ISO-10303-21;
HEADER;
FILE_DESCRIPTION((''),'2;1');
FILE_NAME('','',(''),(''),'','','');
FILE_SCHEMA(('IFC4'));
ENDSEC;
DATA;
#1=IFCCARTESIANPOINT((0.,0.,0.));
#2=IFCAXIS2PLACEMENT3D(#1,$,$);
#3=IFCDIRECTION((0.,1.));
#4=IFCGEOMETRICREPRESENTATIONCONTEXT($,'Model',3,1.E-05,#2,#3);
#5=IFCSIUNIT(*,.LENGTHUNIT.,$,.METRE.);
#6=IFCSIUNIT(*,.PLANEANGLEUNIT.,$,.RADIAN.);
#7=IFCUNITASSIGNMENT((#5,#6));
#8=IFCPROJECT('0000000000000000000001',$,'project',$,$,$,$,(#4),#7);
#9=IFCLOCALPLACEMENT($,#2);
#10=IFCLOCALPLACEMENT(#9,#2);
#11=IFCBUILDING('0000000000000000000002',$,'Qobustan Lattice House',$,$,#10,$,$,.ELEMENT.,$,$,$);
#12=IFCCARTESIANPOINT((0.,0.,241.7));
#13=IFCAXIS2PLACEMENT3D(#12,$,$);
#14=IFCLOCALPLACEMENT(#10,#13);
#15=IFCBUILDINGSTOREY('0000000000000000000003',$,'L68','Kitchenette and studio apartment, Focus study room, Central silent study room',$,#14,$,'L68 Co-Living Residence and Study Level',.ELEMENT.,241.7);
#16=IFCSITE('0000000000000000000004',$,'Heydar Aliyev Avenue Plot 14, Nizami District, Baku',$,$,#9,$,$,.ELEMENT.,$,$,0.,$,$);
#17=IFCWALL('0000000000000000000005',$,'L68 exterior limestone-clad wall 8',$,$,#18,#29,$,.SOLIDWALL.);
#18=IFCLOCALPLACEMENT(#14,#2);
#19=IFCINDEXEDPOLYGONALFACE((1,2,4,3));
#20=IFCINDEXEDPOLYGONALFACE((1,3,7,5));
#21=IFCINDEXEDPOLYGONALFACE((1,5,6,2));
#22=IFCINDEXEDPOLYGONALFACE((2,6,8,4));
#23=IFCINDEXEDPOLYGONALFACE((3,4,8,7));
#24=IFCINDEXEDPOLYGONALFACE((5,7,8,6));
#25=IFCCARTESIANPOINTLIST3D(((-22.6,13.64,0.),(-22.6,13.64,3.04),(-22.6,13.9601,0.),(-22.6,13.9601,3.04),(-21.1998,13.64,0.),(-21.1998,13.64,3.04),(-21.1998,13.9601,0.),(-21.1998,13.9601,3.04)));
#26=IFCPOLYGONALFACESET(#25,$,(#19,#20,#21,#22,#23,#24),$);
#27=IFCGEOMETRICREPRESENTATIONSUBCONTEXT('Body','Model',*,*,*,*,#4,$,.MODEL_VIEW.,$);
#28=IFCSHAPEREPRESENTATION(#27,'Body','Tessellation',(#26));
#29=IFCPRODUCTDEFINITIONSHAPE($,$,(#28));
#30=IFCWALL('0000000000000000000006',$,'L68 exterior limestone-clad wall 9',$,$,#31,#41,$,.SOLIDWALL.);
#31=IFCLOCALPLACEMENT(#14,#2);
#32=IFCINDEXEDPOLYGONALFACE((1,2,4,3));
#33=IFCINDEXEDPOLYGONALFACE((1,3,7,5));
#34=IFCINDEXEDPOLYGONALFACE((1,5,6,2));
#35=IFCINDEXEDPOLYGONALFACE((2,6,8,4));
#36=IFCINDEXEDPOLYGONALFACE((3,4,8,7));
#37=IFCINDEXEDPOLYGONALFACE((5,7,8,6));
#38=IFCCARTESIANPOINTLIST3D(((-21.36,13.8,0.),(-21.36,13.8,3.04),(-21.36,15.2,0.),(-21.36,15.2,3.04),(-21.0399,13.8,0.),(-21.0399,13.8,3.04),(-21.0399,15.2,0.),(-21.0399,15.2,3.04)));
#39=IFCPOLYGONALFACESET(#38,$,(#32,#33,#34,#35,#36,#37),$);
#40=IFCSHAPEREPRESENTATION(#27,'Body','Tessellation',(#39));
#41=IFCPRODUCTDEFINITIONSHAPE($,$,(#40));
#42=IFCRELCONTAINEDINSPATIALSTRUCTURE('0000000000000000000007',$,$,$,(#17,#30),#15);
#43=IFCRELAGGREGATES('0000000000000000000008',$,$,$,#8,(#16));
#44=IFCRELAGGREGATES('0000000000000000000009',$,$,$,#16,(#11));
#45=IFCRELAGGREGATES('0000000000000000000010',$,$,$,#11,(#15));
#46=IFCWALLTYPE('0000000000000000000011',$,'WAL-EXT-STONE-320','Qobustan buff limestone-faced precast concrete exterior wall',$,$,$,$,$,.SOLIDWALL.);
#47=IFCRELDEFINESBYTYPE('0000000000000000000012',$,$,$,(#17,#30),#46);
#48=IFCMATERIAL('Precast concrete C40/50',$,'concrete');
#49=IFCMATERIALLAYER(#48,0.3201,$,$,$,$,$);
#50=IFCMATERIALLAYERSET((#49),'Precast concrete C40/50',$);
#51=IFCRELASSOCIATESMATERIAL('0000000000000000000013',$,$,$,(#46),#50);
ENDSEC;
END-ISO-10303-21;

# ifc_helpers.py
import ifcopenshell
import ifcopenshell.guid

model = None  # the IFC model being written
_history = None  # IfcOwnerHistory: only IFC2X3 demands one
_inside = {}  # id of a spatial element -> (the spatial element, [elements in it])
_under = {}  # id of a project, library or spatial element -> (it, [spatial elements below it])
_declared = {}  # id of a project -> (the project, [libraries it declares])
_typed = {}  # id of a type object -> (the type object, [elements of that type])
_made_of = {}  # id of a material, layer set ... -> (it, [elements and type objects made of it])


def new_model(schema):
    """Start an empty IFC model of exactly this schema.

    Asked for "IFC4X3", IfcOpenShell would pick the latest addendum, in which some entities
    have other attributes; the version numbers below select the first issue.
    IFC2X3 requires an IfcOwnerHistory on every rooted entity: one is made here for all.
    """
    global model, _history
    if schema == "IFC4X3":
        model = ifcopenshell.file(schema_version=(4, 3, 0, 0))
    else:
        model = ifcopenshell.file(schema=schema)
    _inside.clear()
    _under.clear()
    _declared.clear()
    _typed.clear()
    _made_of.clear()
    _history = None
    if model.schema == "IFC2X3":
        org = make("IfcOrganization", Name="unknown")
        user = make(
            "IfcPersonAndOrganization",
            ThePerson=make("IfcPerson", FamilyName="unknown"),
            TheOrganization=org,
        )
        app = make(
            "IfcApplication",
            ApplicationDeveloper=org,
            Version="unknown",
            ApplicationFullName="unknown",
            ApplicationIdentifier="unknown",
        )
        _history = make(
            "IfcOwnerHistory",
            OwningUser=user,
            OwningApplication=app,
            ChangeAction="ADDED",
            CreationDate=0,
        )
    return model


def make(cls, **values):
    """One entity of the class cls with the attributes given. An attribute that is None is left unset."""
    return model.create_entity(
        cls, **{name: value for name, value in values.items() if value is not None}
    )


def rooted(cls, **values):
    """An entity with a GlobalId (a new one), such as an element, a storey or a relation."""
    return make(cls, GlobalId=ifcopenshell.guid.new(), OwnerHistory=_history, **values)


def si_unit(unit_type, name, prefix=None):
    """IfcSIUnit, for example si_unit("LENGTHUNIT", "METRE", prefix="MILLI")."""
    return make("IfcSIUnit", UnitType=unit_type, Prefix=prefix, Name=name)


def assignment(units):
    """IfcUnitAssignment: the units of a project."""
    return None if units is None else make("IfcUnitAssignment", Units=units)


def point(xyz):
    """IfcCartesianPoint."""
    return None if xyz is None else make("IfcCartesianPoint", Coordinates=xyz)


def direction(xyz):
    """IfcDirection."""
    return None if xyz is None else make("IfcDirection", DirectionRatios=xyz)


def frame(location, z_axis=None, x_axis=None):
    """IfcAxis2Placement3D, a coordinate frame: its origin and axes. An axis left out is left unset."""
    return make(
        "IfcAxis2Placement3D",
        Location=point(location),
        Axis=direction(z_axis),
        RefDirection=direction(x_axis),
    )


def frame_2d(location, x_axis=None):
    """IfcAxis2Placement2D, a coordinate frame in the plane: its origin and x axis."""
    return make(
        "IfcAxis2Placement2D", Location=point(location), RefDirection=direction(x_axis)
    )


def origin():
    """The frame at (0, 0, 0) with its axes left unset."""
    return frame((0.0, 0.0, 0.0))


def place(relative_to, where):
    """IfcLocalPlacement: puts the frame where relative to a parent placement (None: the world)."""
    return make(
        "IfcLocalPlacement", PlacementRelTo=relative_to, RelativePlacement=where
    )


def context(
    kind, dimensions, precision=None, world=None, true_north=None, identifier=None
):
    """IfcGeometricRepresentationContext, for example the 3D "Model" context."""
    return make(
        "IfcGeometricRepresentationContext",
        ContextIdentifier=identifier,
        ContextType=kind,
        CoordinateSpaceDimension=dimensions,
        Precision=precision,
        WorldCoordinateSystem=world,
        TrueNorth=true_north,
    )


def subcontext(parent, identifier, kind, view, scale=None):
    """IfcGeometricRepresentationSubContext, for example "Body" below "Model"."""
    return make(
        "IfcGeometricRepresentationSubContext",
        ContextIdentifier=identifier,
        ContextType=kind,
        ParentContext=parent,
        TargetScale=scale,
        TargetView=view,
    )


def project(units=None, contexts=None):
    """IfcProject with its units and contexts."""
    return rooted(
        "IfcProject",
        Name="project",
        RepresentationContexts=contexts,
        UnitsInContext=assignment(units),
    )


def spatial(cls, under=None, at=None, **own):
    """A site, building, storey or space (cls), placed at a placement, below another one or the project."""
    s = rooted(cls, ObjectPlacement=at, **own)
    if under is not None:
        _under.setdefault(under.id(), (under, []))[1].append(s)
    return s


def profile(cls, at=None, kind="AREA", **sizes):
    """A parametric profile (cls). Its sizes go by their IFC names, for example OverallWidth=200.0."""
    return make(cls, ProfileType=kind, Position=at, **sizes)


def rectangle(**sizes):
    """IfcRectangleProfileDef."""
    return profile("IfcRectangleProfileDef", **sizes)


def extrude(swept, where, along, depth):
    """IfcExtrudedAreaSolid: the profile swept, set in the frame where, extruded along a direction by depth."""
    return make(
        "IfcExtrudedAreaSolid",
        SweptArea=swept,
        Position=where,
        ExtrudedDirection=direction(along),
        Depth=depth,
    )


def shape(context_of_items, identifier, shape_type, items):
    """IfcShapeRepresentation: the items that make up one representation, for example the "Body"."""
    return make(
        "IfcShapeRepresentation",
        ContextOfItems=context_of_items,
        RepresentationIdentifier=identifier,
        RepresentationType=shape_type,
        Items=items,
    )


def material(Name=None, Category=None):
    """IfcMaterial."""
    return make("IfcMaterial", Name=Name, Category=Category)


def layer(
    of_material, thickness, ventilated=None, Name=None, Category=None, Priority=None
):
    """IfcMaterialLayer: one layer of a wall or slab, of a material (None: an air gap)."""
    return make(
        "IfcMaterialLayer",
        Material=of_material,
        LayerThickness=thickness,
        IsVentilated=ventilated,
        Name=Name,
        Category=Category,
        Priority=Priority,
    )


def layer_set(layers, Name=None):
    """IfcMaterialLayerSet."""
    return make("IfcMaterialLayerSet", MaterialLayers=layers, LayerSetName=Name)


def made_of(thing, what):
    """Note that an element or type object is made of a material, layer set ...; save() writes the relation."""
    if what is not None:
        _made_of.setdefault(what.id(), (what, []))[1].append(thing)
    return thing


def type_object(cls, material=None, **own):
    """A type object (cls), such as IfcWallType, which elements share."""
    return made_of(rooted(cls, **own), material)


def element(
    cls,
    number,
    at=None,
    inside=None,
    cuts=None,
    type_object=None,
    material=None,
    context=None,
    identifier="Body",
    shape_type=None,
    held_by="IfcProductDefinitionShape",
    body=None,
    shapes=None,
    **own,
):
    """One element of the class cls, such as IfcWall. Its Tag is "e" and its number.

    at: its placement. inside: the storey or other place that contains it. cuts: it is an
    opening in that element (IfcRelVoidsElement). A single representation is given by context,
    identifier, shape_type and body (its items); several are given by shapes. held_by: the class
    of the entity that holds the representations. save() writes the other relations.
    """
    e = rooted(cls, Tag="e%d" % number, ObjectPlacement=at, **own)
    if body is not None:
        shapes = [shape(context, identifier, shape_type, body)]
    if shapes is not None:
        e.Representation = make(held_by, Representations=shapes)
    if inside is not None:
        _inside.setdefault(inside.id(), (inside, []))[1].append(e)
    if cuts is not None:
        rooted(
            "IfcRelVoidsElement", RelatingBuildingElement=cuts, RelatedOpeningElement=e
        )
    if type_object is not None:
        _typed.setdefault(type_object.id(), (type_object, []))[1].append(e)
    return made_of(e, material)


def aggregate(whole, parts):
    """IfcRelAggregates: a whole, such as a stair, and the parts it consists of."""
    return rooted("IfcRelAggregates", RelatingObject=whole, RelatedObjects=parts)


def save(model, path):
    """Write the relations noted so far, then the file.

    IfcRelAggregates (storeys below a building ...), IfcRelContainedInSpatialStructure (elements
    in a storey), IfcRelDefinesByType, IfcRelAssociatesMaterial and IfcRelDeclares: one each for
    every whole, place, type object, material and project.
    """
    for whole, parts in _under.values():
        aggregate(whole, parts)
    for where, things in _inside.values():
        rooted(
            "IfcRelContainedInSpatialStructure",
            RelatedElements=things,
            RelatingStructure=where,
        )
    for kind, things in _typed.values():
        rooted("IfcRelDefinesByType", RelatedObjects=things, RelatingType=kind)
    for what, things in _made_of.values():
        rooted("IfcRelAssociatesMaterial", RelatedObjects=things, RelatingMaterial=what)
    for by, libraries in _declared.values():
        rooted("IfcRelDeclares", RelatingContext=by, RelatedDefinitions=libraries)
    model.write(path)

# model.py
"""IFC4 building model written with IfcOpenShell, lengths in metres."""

from ifc_helpers import new_model, si_unit, direction, frame, frame_2d, origin, place, context, subcontext, project, spatial, rectangle, extrude, material, layer, layer_set, type_object, element, save


model = new_model("IFC4")

# Units and contexts
model_context = context("Model", 3, precision=1e-05, world=origin(), true_north=direction((0.0, 1.0)))
body_context = subcontext(model_context, "Body", "Model", "MODEL_VIEW")
ifc_project = project(units=[si_unit("LENGTHUNIT", "METRE"), si_unit("PLANEANGLEUNIT", "RADIAN")], contexts=[model_context])

# Site, building, storey
site_placement = place(None, origin())
site = spatial("IfcSite", under=ifc_project, at=site_placement, Name="Heydar Aliyev Avenue Plot 14, Nizami District, Baku", CompositionType="ELEMENT", RefElevation=0.0)
building_placement = place(site_placement, origin())
building = spatial("IfcBuilding", under=site, at=building_placement, Name="Qobustan Lattice House", CompositionType="ELEMENT")
storey_placement = place(building_placement, frame((0.0, 0.0, 241.7)))
storey = spatial("IfcBuildingStorey", under=building, at=storey_placement, Name="L68", Description="Kitchenette and studio apartment, Focus study room, Central silent study room", LongName="L68 Co-Living Residence and Study Level", CompositionType="ELEMENT", Elevation=241.7)

# Walls
ifc_material_1 = material(Name="Precast concrete C40/50", Category="concrete")
ifc_layer_1 = layer(ifc_material_1, 0.3201)
ifc_layer_set_1 = layer_set([ifc_layer_1], Name="Precast concrete C40/50")
wall_type_1 = type_object("IfcWallType", Name="WAL-EXT-STONE-320", Description="Qobustan buff limestone-faced precast concrete exterior wall", PredefinedType="SOLIDWALL", material=ifc_layer_set_1)
for number, where, z_axis, x_axis, name in (
    (1, (-22.6001, 13.8, 0.0), (0.0, 0.0, 1.0), (1.0, 0.0, 0.0), "L68 exterior limestone-clad wall 8"),
):
    element("IfcWall", number, at=place(storey_placement, frame(where, z_axis=z_axis, x_axis=x_axis)), inside=storey, type_object=wall_type_1, Name=name, PredefinedType="SOLIDWALL", context=body_context, shape_type="SweptSolid", body=[
        extrude(rectangle(XDim=1.4001, YDim=0.3201, at=frame_2d((0.7002, 0.0))), origin(), (0.0, 0.0, 1.0), 3.04),
    ])
wall_1_placement = place(storey_placement, frame((-21.2, 13.8, 0.0), z_axis=(0.0, 0.0, 1.0), x_axis=(0.0, 1.0, 0.0)))
element("IfcWall", 2, at=wall_1_placement, inside=storey, type_object=wall_type_1, Name="L68 exterior limestone-clad wall 9", PredefinedType="SOLIDWALL", context=body_context, shape_type="SweptSolid", body=[
    extrude(rectangle(XDim=1.3999, YDim=0.3201, at=frame_2d((0.7, 0.0))), origin(), (0.0, 0.0, 1.0), 3.04),
])

save(model, "model.ifc")
